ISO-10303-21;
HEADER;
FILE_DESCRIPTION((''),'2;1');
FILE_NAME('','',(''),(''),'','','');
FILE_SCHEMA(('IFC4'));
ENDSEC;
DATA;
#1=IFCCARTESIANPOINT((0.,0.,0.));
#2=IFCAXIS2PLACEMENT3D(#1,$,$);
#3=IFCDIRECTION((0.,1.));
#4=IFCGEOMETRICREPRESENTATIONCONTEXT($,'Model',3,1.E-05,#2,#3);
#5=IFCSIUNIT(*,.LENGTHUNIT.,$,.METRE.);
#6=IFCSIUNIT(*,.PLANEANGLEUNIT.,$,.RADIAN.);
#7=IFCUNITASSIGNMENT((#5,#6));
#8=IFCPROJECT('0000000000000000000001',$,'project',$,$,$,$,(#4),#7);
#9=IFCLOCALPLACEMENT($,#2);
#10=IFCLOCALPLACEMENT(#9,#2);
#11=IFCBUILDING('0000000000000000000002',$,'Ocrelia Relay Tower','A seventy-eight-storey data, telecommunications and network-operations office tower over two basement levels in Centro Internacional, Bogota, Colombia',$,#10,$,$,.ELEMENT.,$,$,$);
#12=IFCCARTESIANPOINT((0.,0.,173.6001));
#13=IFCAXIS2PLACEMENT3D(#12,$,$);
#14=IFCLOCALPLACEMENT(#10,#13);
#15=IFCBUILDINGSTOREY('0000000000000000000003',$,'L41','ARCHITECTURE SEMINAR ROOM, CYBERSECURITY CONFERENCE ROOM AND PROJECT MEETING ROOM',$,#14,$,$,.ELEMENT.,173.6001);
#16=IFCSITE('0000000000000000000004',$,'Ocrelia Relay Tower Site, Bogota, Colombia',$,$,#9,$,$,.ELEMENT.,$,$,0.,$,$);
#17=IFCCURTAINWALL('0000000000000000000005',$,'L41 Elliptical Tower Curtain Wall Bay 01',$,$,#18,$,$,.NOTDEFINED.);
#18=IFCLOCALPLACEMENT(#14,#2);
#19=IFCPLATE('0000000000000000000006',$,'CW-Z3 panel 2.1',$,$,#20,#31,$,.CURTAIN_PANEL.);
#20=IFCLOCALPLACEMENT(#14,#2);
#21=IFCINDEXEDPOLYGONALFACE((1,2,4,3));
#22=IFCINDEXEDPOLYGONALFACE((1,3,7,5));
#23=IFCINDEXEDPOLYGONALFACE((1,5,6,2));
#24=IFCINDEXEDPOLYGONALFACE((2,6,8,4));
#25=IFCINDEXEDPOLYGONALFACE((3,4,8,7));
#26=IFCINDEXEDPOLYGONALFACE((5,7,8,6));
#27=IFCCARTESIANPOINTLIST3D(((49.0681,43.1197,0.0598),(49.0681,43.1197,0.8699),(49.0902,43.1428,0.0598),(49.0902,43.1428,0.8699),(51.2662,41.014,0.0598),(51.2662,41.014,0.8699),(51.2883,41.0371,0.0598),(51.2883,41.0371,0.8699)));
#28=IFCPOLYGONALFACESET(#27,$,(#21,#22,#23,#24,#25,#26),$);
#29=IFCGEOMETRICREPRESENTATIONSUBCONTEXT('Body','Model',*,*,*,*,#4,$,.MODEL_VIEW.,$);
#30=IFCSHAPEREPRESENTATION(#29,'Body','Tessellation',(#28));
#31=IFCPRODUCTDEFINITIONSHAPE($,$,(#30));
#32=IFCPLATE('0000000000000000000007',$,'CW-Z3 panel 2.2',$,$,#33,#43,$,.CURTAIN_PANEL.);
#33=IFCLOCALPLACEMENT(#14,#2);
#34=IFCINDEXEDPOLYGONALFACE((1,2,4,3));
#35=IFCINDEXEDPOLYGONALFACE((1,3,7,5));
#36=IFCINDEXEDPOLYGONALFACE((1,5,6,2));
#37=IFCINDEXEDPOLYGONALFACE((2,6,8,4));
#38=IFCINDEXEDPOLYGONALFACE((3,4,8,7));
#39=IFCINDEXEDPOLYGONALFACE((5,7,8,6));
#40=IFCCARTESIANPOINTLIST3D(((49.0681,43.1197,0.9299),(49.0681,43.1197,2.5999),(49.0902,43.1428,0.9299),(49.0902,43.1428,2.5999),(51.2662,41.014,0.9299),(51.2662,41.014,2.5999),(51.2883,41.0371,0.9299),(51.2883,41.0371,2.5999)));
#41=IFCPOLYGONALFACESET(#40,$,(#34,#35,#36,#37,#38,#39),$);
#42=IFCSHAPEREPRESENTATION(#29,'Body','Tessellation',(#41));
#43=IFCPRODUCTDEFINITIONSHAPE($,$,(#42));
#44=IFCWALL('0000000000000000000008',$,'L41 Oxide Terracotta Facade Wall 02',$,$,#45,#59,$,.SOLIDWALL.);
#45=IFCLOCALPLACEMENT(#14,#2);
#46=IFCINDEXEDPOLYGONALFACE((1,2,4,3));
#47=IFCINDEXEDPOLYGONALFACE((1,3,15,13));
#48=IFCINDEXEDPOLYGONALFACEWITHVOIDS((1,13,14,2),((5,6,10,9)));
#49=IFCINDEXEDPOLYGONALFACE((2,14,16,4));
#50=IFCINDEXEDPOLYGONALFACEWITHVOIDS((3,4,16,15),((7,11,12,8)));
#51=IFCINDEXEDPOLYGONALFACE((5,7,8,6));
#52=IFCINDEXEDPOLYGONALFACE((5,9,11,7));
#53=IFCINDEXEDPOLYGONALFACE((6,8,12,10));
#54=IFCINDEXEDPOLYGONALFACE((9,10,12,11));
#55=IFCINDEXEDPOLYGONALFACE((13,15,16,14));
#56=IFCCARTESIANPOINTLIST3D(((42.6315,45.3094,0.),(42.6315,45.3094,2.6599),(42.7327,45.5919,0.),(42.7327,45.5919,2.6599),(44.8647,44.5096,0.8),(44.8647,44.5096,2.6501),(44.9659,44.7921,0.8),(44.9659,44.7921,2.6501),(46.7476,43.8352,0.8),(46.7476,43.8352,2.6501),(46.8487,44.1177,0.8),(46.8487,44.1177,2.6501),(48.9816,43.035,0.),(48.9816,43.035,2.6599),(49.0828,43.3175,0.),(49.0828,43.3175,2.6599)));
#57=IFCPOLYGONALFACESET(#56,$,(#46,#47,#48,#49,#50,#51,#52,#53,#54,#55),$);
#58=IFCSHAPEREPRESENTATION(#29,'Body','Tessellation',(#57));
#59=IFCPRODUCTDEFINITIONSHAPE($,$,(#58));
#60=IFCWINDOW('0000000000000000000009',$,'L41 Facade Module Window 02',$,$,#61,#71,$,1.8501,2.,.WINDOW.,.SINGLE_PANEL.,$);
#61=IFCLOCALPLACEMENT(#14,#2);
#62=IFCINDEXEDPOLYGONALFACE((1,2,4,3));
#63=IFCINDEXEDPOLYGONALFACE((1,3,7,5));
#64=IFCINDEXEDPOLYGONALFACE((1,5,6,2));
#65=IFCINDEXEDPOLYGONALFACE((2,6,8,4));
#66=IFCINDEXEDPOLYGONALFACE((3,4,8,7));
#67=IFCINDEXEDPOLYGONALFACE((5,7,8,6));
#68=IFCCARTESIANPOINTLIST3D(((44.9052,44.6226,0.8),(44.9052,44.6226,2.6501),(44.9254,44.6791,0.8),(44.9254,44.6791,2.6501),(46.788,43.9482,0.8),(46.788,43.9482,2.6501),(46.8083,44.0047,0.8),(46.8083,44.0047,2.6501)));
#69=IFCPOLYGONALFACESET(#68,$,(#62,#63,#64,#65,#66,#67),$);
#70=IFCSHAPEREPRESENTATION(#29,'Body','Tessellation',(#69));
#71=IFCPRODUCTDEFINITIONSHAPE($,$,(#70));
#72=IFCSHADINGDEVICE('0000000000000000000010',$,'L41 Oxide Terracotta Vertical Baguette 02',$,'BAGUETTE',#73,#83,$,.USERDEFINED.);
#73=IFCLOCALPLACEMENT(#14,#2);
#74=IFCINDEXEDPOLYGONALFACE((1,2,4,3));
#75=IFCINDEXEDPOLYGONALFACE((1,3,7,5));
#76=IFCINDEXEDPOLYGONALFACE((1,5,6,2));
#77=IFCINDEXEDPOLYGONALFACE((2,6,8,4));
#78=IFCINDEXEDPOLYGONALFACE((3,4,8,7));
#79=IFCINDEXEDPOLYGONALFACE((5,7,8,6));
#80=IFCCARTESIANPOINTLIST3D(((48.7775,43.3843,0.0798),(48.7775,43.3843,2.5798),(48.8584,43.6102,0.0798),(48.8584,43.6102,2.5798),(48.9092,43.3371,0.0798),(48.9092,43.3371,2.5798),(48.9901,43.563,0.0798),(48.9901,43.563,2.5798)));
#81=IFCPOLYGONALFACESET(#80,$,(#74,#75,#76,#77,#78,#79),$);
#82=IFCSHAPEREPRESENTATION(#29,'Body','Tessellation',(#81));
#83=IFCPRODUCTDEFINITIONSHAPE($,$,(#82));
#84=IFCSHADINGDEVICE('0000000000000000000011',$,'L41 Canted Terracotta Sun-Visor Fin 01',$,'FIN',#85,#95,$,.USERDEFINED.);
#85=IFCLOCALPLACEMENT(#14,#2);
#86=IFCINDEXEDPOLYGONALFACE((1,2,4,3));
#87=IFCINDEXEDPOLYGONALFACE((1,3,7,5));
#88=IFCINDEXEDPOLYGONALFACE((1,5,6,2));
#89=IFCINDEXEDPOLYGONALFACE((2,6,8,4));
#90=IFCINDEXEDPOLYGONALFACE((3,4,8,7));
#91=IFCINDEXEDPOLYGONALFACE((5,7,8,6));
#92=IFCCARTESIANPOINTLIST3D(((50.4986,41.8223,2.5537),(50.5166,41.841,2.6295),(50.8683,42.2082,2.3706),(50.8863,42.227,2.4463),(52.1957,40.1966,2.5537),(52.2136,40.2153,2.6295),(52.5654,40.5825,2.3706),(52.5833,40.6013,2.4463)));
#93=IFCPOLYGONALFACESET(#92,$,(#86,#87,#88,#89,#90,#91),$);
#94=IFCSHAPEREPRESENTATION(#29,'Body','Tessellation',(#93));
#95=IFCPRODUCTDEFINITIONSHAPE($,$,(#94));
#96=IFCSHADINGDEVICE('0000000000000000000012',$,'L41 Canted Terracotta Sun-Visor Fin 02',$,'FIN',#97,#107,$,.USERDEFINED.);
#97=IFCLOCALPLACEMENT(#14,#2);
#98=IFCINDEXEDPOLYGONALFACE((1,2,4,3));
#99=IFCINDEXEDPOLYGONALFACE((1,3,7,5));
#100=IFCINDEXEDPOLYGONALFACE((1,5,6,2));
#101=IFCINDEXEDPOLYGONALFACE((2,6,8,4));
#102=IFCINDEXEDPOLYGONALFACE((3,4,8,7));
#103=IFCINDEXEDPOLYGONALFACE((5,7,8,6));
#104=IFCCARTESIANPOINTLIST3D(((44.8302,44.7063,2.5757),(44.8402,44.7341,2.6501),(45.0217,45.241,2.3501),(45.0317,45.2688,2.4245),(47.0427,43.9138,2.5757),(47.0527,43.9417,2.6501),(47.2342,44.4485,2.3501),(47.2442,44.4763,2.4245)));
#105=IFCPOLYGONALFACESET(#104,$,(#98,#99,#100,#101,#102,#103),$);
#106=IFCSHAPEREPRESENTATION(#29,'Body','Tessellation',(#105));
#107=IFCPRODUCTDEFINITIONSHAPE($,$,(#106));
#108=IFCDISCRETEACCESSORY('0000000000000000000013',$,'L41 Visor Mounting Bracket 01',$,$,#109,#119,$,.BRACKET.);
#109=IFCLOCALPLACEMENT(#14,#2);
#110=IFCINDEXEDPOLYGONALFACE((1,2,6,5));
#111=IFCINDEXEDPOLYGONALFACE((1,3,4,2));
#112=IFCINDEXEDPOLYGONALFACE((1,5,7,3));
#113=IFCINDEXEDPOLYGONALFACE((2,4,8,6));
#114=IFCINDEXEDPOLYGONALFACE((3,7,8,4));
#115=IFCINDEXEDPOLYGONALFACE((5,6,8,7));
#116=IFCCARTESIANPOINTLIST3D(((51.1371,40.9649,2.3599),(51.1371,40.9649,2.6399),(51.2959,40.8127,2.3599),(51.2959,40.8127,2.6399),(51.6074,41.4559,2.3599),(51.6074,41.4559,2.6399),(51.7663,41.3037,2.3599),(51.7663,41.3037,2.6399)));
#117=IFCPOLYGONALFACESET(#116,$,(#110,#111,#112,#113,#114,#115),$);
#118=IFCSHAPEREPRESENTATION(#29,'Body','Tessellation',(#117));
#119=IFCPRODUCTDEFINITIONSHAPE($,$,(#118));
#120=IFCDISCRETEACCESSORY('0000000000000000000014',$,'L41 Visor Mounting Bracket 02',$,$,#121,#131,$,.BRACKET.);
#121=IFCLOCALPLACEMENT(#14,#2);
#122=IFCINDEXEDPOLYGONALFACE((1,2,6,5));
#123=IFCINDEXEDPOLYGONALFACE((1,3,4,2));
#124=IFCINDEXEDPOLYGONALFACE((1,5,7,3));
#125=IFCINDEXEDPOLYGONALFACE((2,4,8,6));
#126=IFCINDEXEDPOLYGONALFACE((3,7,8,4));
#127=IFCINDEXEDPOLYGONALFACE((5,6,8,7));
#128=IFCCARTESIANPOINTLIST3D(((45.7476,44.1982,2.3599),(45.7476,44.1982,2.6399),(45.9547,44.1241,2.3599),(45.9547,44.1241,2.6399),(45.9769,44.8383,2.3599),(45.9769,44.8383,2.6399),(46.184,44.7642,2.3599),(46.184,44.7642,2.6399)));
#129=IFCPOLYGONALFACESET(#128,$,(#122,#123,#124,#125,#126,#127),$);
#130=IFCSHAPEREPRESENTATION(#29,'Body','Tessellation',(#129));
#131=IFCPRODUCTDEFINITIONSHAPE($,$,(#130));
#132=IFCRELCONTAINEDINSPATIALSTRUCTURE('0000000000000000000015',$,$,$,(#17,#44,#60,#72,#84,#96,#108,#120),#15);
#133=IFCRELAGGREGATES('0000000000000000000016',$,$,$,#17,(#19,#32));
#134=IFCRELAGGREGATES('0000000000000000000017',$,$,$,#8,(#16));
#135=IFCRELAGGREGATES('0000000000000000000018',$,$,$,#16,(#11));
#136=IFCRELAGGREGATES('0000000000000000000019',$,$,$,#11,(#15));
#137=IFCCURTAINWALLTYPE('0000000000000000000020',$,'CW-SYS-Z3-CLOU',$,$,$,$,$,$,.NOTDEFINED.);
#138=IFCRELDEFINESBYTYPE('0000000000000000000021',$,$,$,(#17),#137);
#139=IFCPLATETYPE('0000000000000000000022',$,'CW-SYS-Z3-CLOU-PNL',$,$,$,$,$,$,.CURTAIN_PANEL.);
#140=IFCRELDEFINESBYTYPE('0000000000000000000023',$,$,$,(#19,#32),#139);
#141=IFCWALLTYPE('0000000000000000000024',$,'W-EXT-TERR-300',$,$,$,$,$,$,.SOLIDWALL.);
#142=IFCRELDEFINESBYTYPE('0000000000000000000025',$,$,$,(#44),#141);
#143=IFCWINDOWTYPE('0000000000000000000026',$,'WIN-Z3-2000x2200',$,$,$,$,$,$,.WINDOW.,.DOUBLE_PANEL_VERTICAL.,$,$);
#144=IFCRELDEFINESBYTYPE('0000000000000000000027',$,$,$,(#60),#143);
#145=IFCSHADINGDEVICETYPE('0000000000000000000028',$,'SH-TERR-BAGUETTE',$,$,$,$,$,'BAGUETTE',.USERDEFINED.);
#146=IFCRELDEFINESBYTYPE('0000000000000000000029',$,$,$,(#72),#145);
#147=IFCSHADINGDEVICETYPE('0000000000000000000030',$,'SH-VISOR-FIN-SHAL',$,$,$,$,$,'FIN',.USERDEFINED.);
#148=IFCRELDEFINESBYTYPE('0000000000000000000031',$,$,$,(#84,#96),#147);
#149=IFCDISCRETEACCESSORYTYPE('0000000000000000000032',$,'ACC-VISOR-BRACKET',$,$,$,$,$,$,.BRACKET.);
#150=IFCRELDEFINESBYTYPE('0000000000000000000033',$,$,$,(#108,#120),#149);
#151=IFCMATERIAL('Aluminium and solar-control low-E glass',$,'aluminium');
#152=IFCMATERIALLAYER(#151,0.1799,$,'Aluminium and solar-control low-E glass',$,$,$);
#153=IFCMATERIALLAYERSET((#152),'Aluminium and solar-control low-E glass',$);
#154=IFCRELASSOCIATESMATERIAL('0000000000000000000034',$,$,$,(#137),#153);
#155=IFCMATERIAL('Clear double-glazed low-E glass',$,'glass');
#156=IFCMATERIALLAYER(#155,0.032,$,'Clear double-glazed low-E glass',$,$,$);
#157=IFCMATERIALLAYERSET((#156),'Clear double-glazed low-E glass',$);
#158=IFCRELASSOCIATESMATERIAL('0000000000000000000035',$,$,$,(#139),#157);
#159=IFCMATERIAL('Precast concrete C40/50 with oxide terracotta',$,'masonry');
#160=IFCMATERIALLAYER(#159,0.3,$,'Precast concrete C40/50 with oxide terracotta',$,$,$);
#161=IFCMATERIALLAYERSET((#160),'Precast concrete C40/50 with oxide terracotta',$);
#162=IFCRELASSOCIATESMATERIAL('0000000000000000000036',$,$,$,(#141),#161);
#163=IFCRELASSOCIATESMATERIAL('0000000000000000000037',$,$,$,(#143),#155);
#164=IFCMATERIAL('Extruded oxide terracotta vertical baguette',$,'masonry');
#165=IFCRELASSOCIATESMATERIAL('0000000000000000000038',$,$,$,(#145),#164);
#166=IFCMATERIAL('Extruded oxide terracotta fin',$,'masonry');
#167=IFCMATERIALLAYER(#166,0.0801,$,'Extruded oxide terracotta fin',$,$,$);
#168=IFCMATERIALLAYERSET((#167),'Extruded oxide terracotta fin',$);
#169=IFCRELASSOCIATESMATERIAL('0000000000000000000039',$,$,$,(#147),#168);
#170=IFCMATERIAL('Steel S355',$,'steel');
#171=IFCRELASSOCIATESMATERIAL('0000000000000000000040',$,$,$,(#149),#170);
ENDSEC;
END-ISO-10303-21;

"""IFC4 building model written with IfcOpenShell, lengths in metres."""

from ifc_helpers import new_model, si_unit, direction, frame, frame_2d, origin, origin_2d, place, context, subcontext, project, spatial, rectangle, extrude, material, layer, layer_set, type_object, element, fill, aggregate, save


model = new_model("IFC4")

# Units and contexts
model_context = context("Model", 3, precision=1e-05, world=origin(), true_north=direction((0.0, 1.0)))
body_context = subcontext(model_context, "Body", "Model", "MODEL_VIEW")
ifc_project = project(units=[si_unit("LENGTHUNIT", "METRE"), si_unit("PLANEANGLEUNIT", "RADIAN")], contexts=[model_context])

# Site, building, storey
site_placement = place(None, origin())
site = spatial("IfcSite", under=ifc_project, at=site_placement, Name="Ocrelia Relay Tower Site, Bogota, Colombia", CompositionType="ELEMENT", RefElevation=0.0)
building_placement = place(site_placement, origin())
building = spatial("IfcBuilding", under=site, at=building_placement, Name="Ocrelia Relay Tower", Description="A seventy-eight-storey data, telecommunications and network-operations office tower over two basement levels in Centro Internacional, Bogota, Colombia", CompositionType="ELEMENT")
storey_placement = place(building_placement, frame((0.0, 0.0, 173.6001)))
storey = spatial("IfcBuildingStorey", under=building, at=storey_placement, Name="L41", Description="ARCHITECTURE SEMINAR ROOM, CYBERSECURITY CONFERENCE ROOM AND PROJECT MEETING ROOM", CompositionType="ELEMENT", Elevation=173.6001)

# Curtain wall, plates
ifc_material_1 = material(Name="Aluminium and solar-control low-E glass", Category="aluminium")
ifc_layer_1 = layer(ifc_material_1, 0.1799, Name="Aluminium and solar-control low-E glass")
ifc_layer_set_1 = layer_set([ifc_layer_1], Name="Aluminium and solar-control low-E glass")
curtain_wall_type = type_object("IfcCurtainWallType", Name="CW-SYS-Z3-CLOU", PredefinedType="NOTDEFINED", material=ifc_layer_set_1)
curtain_wall_placement = place(storey_placement, origin())
curtain_wall = element("IfcCurtainWall", 1, at=curtain_wall_placement, inside=storey, type_object=curtain_wall_type, Name="L41 Elliptical Tower Curtain Wall Bay 01", PredefinedType="NOTDEFINED")
ifc_material_2 = material(Name="Clear double-glazed low-E glass", Category="glass")
ifc_layer_2 = layer(ifc_material_2, 0.032, Name="Clear double-glazed low-E glass")
ifc_layer_set_2 = layer_set([ifc_layer_2], Name="Clear double-glazed low-E glass")
plate_type = type_object("IfcPlateType", Name="CW-SYS-Z3-CLOU-PNL", PredefinedType="CURTAIN_PANEL", material=ifc_layer_set_2)
plate_1_placement = place(storey_placement, frame((50.1782, 42.0784, 0.0598), z_axis=(0.0, 0.0, 1.0), x_axis=(-0.722128, 0.691759, 0.0)))
plate_1 = element("IfcPlate", 2, at=plate_1_placement, type_object=plate_type, Name="CW-Z3 panel 2.1", PredefinedType="CURTAIN_PANEL", context=body_context, shape_type="SweptSolid", body=[
    extrude(rectangle(XDim=3.0439, YDim=0.032, at=origin_2d()), origin(), (0.0, 0.0, 1.0), 0.8101),
])
plate_2_placement = place(storey_placement, frame((50.1782, 42.0784, 0.9299), z_axis=(0.0, 0.0, 1.0), x_axis=(-0.722128, 0.691759, 0.0)))
plate_2 = element("IfcPlate", 3, at=plate_2_placement, type_object=plate_type, Name="CW-Z3 panel 2.2", PredefinedType="CURTAIN_PANEL", context=body_context, shape_type="SweptSolid", body=[
    extrude(rectangle(XDim=3.0439, YDim=0.032, at=origin_2d()), origin(), (0.0, 0.0, 1.0), 1.6699),
])
aggregate(curtain_wall, [plate_1, plate_2])

# Wall, opening, window
ifc_material_3 = material(Name="Precast concrete C40/50 with oxide terracotta", Category="masonry")
ifc_layer_3 = layer(ifc_material_3, 0.3, Name="Precast concrete C40/50 with oxide terracotta")
ifc_layer_set_3 = layer_set([ifc_layer_3], Name="Precast concrete C40/50 with oxide terracotta")
wall_type = type_object("IfcWallType", Name="W-EXT-TERR-300", PredefinedType="SOLIDWALL", material=ifc_layer_set_3)
wall_placement = place(storey_placement, frame((49.0322, 43.1763, 0.0), z_axis=(0.0, 0.0, 1.0), x_axis=(-0.941435, 0.337194, 0.0)))
wall = element("IfcWall", 4, at=wall_placement, inside=storey, type_object=wall_type, Name="L41 Oxide Terracotta Facade Wall 02", PredefinedType="SOLIDWALL", context=body_context, shape_type="SweptSolid", body=[
    extrude(rectangle(XDim=6.7451, YDim=0.3, at=frame_2d((3.3726, 0.0))), origin(), (0.0, 0.0, 1.0), 2.6599),
])
opening_placement = place(wall_placement, frame((2.373, 0.0, 0.8)))
opening = element("IfcOpeningElement", 5, at=opening_placement, cuts=wall, PredefinedType="OPENING", context=body_context, shape_type="SweptSolid", body=[
    extrude(rectangle(XDim=2.0, YDim=1.8501, at=frame_2d((1.0, 0.925))), frame((0.0, 0.1602, 0.0), z_axis=(0.0, -1.0, 0.0), x_axis=(1.0, 0.0, 0.0)), (0.0, 0.0, 1.0), 0.3201),
])
window_type = type_object("IfcWindowType", Name="WIN-Z3-2000x2200", PartitioningType="DOUBLE_PANEL_VERTICAL", PredefinedType="WINDOW", material=ifc_material_2)
window_placement = place(opening_placement, origin())
window = element("IfcWindow", 6, at=window_placement, inside=storey, type_object=window_type, Name="L41 Facade Module Window 02", OverallHeight=1.8501, OverallWidth=2.0, PartitioningType="SINGLE_PANEL", PredefinedType="WINDOW", context=body_context, shape_type="SweptSolid", body=[
    extrude(rectangle(XDim=2.0, YDim=1.8501, at=frame_2d((1.0, 0.925))), frame((0.0, 0.03, 0.0), z_axis=(0.0, -1.0, 0.0), x_axis=(1.0, 0.0, 0.0)), (0.0, 0.0, 1.0), 0.0601),
])
fill(opening, window)

# Shading devices
ifc_material_4 = material(Name="Extruded oxide terracotta vertical baguette", Category="masonry")
shading_device_type_1 = type_object("IfcShadingDeviceType", Name="SH-TERR-BAGUETTE", ElementType="BAGUETTE", PredefinedType="USERDEFINED", material=ifc_material_4)
shading_device_1_placement = place(storey_placement, frame((48.8838, 43.4736, 0.0798), z_axis=(0.0, 0.0, 1.0), x_axis=(-0.941434, 0.337197, 0.0)))
element("IfcShadingDevice", 7, at=shading_device_1_placement, inside=storey, type_object=shading_device_type_1, Name="L41 Oxide Terracotta Vertical Baguette 02", ObjectType="BAGUETTE", PredefinedType="USERDEFINED", context=body_context, shape_type="SweptSolid", body=[
    extrude(rectangle(XDim=0.1399, YDim=0.24, at=origin_2d()), origin(), (0.0, 0.0, 1.0), 2.5),
])
ifc_material_5 = material(Name="Extruded oxide terracotta fin", Category="masonry")
ifc_layer_4 = layer(ifc_material_5, 0.0801, Name="Extruded oxide terracotta fin")
ifc_layer_set_4 = layer_set([ifc_layer_4], Name="Extruded oxide terracotta fin")
shading_device_type_2 = type_object("IfcShadingDeviceType", Name="SH-VISOR-FIN-SHAL", ElementType="FIN", PredefinedType="USERDEFINED", material=ifc_layer_set_4)
shading_device_2_placement = place(storey_placement, frame((51.532, 41.2024, 2.4622), z_axis=(0.224301, 0.234148, 0.945972), x_axis=(-0.722128, 0.691759, 0.0)))
element("IfcShadingDevice", 8, at=shading_device_2_placement, inside=storey, type_object=shading_device_type_2, Name="L41 Canted Terracotta Sun-Visor Fin 01", ObjectType="FIN", PredefinedType="USERDEFINED", context=body_context, shape_type="SweptSolid", body=[
    extrude(rectangle(XDim=2.3501, YDim=0.5649, at=origin_2d()), origin(), (0.0, 0.0, 1.0), 0.0801),
])
shading_device_3_placement = place(storey_placement, frame((46.0322, 44.5774, 2.4629), z_axis=(0.124459, 0.347482, 0.92939), x_axis=(-0.941434, 0.337197, 0.0)))
element("IfcShadingDevice", 9, at=shading_device_3_placement, inside=storey, type_object=shading_device_type_2, Name="L41 Canted Terracotta Sun-Visor Fin 02", ObjectType="FIN", PredefinedType="USERDEFINED", context=body_context, shape_type="SweptSolid", body=[
    extrude(rectangle(XDim=2.3501, YDim=0.6111, at=origin_2d()), origin(), (0.0, 0.0, 1.0), 0.0801),
])

# Discrete accessories
ifc_material_6 = material(Name="Steel S355", Category="steel")
discrete_accessory_type = type_object("IfcDiscreteAccessoryType", Name="ACC-VISOR-BRACKET", PredefinedType="BRACKET", material=ifc_material_6)
for number, where, z_axis, x_axis, name in (
    (10, (51.4517, 41.1343, 2.3599), (0.0, 0.0, 1.0), (-0.722128, 0.691759, 0.0), "L41 Visor Mounting Bracket 01"),
    (11, (45.9658, 44.4812, 2.3599), (0.0, 0.0, 1.0), (-0.941434, 0.337197, 0.0), "L41 Visor Mounting Bracket 02"),
):
    element("IfcDiscreteAccessory", number, at=place(storey_placement, frame(where, z_axis=z_axis, x_axis=x_axis)), inside=storey, type_object=discrete_accessory_type, Name=name, PredefinedType="BRACKET", context=body_context, shape_type="SweptSolid", body=[
        extrude(rectangle(XDim=0.22, YDim=0.6799, at=origin_2d()), origin(), (0.0, 0.0, 1.0), 0.28),
    ])

save(model, "model.ifc")
